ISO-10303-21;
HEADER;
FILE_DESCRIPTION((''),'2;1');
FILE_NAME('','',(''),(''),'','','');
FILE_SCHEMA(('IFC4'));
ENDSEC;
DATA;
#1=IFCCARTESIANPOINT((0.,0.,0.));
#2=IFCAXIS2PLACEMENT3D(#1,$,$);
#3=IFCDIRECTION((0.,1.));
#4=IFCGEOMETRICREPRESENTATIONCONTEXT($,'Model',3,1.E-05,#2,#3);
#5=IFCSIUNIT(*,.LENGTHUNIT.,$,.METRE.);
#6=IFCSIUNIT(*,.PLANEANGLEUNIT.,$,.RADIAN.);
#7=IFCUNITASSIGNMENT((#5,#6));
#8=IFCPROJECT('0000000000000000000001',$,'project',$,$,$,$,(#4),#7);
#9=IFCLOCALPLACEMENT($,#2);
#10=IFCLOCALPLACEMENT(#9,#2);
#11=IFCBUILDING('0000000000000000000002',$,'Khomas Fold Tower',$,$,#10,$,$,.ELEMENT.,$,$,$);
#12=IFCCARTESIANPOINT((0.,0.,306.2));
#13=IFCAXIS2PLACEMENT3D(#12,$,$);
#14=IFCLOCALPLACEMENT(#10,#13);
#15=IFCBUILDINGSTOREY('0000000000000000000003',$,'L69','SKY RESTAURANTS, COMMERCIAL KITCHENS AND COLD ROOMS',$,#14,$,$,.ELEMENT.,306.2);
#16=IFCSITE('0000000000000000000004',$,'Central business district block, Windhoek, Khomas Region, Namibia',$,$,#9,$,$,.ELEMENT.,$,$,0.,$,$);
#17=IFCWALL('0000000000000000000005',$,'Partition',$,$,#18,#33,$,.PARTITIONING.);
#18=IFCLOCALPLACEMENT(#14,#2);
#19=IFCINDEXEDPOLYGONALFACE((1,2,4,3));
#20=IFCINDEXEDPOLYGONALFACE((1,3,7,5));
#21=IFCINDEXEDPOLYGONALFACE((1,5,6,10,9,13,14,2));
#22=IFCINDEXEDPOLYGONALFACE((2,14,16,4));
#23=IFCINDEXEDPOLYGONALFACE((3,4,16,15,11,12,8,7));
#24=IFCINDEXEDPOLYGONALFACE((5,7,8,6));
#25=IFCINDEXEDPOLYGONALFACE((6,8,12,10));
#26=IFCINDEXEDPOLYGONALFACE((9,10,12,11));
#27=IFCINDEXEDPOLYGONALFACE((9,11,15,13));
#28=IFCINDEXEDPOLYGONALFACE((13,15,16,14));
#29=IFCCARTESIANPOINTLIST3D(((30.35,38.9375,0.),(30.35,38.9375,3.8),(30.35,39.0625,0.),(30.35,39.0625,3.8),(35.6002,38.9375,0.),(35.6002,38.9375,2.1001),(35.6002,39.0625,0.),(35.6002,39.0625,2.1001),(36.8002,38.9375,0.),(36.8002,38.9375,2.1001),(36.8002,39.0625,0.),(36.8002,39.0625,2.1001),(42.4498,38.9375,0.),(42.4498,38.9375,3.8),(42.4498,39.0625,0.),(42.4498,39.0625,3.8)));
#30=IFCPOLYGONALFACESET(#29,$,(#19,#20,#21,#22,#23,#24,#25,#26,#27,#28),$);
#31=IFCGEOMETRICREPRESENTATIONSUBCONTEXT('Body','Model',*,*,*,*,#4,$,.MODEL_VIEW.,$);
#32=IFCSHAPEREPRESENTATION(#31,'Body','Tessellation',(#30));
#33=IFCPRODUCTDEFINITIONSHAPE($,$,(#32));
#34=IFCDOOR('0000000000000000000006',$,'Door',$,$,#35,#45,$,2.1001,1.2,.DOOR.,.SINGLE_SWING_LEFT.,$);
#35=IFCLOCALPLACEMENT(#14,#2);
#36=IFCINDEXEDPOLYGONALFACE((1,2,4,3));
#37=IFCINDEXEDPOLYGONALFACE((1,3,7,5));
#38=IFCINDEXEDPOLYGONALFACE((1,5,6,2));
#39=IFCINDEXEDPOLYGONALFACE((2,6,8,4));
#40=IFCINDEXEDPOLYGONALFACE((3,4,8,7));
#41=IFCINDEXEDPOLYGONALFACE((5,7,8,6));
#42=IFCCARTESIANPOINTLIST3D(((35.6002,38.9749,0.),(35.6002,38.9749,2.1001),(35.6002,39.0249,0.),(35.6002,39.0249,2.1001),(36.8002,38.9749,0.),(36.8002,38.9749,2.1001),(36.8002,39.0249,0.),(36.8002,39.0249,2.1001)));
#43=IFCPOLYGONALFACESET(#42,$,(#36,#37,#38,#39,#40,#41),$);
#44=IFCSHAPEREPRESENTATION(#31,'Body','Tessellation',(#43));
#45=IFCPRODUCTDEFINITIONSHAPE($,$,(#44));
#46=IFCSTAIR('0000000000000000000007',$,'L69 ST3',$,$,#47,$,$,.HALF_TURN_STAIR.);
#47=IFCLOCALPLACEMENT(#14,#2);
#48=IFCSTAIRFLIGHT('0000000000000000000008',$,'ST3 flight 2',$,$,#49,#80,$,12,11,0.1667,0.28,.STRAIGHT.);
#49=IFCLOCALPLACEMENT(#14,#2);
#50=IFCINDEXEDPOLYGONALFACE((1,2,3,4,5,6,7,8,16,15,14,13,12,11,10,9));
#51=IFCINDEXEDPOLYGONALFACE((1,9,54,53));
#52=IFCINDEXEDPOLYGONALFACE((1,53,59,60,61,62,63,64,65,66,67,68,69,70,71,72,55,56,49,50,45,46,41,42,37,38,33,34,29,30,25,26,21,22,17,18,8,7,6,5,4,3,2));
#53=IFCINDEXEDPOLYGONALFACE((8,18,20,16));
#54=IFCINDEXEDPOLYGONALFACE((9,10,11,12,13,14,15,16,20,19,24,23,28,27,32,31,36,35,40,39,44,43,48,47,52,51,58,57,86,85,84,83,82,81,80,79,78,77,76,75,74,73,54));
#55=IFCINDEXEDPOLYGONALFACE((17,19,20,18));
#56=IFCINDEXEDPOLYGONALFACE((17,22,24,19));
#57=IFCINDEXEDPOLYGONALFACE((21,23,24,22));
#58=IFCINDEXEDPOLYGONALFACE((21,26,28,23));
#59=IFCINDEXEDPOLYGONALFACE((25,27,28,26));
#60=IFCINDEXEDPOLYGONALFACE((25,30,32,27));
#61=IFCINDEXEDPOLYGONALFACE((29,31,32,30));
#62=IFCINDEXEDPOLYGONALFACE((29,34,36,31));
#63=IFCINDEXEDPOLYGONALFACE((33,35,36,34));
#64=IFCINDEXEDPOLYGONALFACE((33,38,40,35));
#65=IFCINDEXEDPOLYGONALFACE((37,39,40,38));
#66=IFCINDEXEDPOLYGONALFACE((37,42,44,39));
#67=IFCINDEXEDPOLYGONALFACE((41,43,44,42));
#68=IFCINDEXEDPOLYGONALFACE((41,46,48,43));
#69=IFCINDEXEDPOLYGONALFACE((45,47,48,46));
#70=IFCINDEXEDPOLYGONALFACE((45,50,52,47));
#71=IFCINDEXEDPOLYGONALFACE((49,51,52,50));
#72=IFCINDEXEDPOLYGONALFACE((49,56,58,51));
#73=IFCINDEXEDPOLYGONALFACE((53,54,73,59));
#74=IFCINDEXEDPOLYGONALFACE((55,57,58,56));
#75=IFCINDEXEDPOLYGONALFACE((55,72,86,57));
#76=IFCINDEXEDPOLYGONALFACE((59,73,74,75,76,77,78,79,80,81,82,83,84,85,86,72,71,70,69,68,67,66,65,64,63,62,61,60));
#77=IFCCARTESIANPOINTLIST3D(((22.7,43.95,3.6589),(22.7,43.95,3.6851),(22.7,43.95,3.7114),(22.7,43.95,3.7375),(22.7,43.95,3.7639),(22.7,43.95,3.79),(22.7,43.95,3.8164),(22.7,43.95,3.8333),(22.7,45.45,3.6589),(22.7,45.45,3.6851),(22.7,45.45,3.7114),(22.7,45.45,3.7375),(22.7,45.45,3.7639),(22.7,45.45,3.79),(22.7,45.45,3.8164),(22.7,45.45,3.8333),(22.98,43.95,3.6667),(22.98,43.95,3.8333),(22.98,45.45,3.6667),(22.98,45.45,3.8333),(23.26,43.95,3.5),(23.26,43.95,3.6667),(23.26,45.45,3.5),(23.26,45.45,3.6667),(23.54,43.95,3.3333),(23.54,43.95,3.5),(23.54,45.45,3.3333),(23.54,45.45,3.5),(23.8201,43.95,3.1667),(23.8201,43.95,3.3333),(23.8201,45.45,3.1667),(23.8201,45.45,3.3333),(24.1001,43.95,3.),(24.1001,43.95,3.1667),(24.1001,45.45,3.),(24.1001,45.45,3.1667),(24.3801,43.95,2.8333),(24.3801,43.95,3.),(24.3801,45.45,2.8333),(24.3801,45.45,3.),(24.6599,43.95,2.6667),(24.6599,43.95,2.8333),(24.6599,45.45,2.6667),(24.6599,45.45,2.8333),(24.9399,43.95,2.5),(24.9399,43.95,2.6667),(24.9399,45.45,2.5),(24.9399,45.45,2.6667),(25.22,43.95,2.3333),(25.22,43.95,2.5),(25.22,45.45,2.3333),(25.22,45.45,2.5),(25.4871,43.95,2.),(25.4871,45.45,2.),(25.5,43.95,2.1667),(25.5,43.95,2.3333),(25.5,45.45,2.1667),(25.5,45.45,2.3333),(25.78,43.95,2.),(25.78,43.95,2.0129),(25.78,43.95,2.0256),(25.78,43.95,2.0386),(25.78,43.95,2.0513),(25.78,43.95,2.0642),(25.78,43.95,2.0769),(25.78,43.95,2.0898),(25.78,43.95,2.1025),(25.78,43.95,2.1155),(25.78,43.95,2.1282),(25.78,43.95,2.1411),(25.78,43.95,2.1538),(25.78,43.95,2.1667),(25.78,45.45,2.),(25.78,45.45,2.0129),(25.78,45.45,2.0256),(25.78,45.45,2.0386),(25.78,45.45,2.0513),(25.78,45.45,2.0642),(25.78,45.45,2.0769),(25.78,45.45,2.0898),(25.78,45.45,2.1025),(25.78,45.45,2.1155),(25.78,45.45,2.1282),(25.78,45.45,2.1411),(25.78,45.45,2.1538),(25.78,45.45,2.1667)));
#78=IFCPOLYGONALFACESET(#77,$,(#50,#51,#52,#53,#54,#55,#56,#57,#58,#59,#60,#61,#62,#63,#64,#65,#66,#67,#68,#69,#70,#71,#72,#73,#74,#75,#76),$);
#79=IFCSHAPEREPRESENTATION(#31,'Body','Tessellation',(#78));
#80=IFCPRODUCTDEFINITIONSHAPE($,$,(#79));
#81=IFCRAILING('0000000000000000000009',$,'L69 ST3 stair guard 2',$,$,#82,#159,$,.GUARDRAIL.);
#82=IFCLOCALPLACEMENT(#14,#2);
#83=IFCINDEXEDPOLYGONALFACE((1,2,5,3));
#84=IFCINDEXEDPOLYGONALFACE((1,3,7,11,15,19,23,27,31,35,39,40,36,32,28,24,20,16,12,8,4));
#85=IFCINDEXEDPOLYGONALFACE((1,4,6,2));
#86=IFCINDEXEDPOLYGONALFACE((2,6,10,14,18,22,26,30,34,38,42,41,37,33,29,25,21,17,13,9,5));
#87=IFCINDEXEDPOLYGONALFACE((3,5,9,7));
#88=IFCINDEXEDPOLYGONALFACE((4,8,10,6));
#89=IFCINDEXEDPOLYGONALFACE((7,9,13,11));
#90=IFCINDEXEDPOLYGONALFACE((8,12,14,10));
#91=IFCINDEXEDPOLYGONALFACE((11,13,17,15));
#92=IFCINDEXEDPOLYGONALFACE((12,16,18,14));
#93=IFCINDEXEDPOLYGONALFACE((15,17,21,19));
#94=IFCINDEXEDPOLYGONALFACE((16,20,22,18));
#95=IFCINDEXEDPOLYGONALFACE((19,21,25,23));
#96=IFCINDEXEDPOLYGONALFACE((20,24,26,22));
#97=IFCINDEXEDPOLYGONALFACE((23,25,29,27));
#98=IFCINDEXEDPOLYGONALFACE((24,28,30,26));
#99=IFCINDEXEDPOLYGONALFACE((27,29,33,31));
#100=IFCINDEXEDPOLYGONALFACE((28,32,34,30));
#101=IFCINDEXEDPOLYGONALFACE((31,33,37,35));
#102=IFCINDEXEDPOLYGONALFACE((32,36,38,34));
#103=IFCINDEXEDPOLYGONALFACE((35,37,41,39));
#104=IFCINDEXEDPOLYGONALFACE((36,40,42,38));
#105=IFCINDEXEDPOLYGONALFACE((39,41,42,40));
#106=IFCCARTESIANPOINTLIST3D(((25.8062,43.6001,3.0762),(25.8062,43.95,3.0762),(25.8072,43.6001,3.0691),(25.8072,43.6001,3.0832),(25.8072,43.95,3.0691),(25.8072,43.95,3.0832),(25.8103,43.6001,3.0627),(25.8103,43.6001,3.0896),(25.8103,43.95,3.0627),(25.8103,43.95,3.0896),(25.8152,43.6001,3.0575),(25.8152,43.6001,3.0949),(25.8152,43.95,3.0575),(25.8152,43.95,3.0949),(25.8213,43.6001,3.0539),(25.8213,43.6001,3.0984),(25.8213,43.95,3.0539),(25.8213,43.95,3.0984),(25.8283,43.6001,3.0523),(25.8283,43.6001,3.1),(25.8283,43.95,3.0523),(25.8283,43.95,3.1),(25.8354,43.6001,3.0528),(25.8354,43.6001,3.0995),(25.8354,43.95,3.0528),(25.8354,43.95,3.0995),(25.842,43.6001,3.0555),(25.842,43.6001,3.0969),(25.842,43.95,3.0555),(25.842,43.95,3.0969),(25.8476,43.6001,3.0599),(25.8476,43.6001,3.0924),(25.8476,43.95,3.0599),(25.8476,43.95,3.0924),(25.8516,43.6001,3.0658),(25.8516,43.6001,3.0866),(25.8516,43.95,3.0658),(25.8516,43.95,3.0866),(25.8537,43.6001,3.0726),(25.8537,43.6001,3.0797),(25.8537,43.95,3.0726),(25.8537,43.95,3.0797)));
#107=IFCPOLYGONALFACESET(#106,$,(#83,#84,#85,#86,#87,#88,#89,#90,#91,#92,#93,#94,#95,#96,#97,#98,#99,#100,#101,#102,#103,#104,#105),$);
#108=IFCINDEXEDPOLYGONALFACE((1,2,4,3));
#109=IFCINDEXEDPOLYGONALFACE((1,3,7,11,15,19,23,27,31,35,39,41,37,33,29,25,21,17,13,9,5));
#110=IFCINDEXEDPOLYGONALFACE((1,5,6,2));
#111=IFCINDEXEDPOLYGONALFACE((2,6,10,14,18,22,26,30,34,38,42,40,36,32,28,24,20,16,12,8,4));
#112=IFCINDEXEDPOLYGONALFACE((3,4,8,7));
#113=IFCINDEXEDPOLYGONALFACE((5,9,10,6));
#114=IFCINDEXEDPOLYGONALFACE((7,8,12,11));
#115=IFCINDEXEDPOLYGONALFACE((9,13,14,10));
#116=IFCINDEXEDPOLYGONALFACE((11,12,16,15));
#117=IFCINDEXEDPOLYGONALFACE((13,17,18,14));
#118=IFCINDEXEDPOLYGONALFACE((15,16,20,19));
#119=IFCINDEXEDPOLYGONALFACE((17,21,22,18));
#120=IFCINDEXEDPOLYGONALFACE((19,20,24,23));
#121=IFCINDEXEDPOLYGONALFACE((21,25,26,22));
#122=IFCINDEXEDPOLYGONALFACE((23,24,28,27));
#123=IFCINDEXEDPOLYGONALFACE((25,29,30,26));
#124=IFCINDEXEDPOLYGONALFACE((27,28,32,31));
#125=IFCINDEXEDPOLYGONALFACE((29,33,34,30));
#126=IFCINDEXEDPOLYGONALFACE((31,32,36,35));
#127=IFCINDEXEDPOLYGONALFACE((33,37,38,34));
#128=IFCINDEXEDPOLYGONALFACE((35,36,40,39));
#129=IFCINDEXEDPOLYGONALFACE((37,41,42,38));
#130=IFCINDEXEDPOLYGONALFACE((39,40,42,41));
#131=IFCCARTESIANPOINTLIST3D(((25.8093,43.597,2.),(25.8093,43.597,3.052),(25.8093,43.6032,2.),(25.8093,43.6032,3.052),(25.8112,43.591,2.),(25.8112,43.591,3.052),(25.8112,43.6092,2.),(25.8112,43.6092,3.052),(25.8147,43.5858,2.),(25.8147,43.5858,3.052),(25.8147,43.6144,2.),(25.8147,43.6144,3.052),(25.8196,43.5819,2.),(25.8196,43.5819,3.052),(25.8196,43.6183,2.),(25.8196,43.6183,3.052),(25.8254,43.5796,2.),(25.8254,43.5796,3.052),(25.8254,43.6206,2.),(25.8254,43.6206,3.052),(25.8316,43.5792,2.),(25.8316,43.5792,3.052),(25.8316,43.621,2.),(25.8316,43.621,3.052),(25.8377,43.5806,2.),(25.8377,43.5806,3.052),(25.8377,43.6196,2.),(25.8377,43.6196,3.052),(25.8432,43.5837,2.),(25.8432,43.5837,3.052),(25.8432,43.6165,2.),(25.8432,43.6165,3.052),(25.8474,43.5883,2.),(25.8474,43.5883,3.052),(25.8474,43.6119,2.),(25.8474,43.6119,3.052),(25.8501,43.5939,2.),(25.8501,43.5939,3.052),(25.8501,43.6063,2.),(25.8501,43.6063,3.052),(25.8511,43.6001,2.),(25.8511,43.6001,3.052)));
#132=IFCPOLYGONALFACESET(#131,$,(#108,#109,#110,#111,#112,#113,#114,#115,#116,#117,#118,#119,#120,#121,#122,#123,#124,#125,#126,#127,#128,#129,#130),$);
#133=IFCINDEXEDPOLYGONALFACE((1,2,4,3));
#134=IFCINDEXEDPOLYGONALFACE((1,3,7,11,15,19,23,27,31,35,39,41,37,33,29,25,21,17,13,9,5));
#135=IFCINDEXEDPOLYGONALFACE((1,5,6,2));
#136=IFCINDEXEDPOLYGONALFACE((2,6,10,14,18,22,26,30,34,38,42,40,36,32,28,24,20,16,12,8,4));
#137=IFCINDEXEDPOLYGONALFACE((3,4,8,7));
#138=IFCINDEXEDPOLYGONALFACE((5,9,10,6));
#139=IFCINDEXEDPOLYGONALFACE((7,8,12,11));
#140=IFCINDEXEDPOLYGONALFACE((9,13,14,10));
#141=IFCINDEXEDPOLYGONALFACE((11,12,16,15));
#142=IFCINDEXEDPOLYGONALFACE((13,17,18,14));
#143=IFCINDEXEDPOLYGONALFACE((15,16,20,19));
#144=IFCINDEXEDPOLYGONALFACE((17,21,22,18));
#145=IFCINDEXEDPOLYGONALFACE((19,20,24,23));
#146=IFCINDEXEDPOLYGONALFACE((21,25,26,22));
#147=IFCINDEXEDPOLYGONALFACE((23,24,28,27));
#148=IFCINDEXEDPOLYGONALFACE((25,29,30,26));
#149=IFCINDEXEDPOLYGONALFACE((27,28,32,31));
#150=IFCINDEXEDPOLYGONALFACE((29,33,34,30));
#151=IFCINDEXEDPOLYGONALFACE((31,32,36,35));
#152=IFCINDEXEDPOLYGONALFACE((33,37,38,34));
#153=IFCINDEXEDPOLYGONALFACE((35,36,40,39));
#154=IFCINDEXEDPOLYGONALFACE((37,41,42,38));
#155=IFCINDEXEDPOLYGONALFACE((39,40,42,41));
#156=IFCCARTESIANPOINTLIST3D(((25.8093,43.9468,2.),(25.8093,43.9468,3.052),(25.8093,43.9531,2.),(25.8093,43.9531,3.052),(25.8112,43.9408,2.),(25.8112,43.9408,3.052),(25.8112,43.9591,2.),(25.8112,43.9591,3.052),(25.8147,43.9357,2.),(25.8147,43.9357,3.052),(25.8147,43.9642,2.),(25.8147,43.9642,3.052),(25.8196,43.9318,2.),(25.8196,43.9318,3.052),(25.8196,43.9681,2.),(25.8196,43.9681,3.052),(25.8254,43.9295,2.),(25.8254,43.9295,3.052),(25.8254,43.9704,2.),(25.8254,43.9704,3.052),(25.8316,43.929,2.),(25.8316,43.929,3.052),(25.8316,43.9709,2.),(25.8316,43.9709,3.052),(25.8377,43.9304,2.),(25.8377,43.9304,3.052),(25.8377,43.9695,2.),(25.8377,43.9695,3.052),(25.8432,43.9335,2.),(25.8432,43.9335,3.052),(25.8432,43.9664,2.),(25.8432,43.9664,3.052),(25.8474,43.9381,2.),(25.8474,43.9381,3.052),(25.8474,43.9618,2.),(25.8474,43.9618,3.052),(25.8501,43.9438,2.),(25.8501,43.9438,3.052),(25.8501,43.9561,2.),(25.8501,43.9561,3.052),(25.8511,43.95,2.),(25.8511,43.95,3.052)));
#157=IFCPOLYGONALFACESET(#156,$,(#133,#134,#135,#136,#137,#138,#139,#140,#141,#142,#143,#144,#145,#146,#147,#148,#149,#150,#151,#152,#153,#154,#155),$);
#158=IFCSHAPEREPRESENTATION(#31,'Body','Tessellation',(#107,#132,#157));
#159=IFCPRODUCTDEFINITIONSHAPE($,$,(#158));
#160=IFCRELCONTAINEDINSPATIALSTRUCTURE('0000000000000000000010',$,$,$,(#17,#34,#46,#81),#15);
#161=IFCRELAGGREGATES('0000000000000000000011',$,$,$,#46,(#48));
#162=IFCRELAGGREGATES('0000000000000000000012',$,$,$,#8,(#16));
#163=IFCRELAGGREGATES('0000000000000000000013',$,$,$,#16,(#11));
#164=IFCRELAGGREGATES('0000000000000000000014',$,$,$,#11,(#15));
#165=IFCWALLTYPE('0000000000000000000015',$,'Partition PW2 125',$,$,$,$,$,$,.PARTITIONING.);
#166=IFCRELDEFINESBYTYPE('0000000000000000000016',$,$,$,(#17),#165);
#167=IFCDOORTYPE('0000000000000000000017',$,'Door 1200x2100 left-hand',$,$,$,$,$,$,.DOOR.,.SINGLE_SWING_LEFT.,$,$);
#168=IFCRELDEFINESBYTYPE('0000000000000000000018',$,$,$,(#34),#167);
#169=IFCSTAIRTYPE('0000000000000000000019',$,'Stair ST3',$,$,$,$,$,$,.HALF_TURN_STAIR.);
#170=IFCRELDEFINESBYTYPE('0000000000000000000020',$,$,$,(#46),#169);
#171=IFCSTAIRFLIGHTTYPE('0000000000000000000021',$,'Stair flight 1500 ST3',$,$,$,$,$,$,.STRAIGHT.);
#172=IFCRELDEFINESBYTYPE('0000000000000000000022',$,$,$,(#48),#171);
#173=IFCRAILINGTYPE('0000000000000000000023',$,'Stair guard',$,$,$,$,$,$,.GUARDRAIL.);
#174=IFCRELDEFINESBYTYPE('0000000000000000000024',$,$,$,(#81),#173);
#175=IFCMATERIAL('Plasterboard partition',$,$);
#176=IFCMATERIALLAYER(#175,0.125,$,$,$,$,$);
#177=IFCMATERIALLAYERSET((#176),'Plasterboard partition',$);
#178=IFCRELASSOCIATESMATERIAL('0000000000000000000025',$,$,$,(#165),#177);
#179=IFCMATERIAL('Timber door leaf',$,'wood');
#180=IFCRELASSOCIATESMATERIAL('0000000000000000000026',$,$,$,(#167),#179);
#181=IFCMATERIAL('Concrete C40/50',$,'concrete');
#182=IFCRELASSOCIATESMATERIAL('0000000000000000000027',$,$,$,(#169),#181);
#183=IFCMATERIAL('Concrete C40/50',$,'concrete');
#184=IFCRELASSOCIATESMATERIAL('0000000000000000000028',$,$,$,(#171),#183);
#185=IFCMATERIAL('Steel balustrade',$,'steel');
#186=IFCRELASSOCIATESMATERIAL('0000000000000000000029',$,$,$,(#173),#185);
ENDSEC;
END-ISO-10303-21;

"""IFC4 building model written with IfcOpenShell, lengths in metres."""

from ifc_helpers import new_model, si_unit, direction, frame, frame_2d, origin, origin_2d, place, context, subcontext, project, spatial, polyline, rectangle, circle, outline, extrude, source, transform, mapped, material, layer, layer_set, type_object, element, fill, aggregate, save


model = new_model("IFC4")

# Units and contexts
model_context = context("Model", 3, precision=1e-05, world=origin(), true_north=direction((0.0, 1.0)))
body_context = subcontext(model_context, "Body", "Model", "MODEL_VIEW")
ifc_project = project(units=[si_unit("LENGTHUNIT", "METRE"), si_unit("PLANEANGLEUNIT", "RADIAN")], contexts=[model_context])

# Site, building, storey
site_placement = place(None, origin())
site = spatial("IfcSite", under=ifc_project, at=site_placement, Name="Central business district block, Windhoek, Khomas Region, Namibia", CompositionType="ELEMENT", RefElevation=0.0)
building_placement = place(site_placement, origin())
building = spatial("IfcBuilding", under=site, at=building_placement, Name="Khomas Fold Tower", CompositionType="ELEMENT")
storey_placement = place(building_placement, frame((0.0, 0.0, 306.2)))
storey = spatial("IfcBuildingStorey", under=building, at=storey_placement, Name="L69", Description="SKY RESTAURANTS, COMMERCIAL KITCHENS AND COLD ROOMS", CompositionType="ELEMENT", Elevation=306.2)

# Shared definitions
ifc_material_1 = material(Name="Plasterboard partition")
ifc_layer_1 = layer(ifc_material_1, 0.125)
ifc_layer_set_1 = layer_set([ifc_layer_1], Name="Plasterboard partition")
wall_type_1 = type_object("IfcWallType", Name="Partition PW2 125", PredefinedType="PARTITIONING", material=ifc_layer_set_1)

# Wall, opening, door
shared_shape_1 = source(origin(), body_context, "Body", "SweptSolid", [
    extrude(rectangle(XDim=12.0999, YDim=0.125, at=frame_2d((6.0498, 0.0))), origin(), (0.0, 0.0, 1.0), 3.8),
])
wall_1_placement = place(storey_placement, frame((30.3501, 39.0, 0.0), z_axis=(0.0, 0.0, 1.0), x_axis=(1.0, 0.0, 0.0)))
wall_1 = element("IfcWall", 1, at=wall_1_placement, inside=storey, type_object=wall_type_1, Name="Partition", PredefinedType="PARTITIONING", context=body_context, shape_type="MappedRepresentation", body=[
    mapped(shared_shape_1, transform((0.0, 0.0, 0.0))),
])
shared_shape_2 = source(origin(), body_context, "Body", "SweptSolid", [
    extrude(rectangle(XDim=1.2, YDim=2.1001, at=frame_2d((0.6001, 1.05))), frame((0.0, 0.0725, 0.0), z_axis=(0.0, -1.0, 0.0), x_axis=(1.0, 0.0, 0.0)), (0.0, 0.0, 1.0), 0.145),
])
opening_1_placement = place(wall_1_placement, frame((5.25, 0.0, 0.0)))
opening_1 = element("IfcOpeningElement", 2, at=opening_1_placement, cuts=wall_1, PredefinedType="OPENING", context=body_context, shape_type="MappedRepresentation", body=[
    mapped(shared_shape_2, transform((0.0, 0.0, 0.0))),
])
ifc_material_2 = material(Name="Timber door leaf", Category="wood")
door_type_1 = type_object("IfcDoorType", Name="Door 1200x2100 left-hand", OperationType="SINGLE_SWING_LEFT", PredefinedType="DOOR", material=ifc_material_2)
shared_shape_3 = source(origin(), body_context, "Body", "SweptSolid", [
    extrude(rectangle(XDim=1.2, YDim=2.1001, at=frame_2d((0.6001, 1.05))), frame((0.0, 0.0249, 0.0), z_axis=(0.0, -1.0, 0.0), x_axis=(1.0, 0.0, 0.0)), (0.0, 0.0, 1.0), 0.05),
])
door_1_placement = place(opening_1_placement, origin())
door_1 = element("IfcDoor", 3, at=door_1_placement, inside=storey, type_object=door_type_1, Name="Door", OperationType="SINGLE_SWING_LEFT", OverallHeight=2.1001, OverallWidth=1.2, PredefinedType="DOOR", context=body_context, shape_type="MappedRepresentation", body=[
    mapped(shared_shape_3, transform((0.0, 0.0, 0.0))),
])
fill(opening_1, door_1)

# Stair, stair flight
ifc_material_3 = material(Name="Concrete C40/50", Category="concrete")
stair_type = type_object("IfcStairType", Name="Stair ST3", PredefinedType="HALF_TURN_STAIR", material=ifc_material_3)
stair_placement = place(storey_placement, origin())
stair = element("IfcStair", 4, at=stair_placement, inside=storey, type_object=stair_type, Name="L69 ST3", PredefinedType="HALF_TURN_STAIR")
ifc_material_4 = material(Name="Concrete C40/50", Category="concrete")
stair_flight_type = type_object("IfcStairFlightType", Name="Stair flight 1500 ST3", PredefinedType="STRAIGHT", material=ifc_material_4)
shared_shape_4 = source(origin(), body_context, "Body", "SweptSolid", [
    extrude(outline(polyline([(0.0, 0.0), (0.0, 0.0129), (0.0, 0.0256), (0.0, 0.0386), (0.0, 0.0513), (0.0, 0.0642), (0.0, 0.0769), (0.0, 0.0898), (0.0, 0.1025), (0.0, 0.1155), (0.0, 0.1282), (0.0, 0.1411), (0.0, 0.1538), (0.0, 0.1667), (0.28, 0.1667), (0.28, 0.3333), (0.5601, 0.3333), (0.5601, 0.5), (0.8401, 0.5), (0.8401, 0.6667), (1.1201, 0.6667), (1.1201, 0.8333), (1.3999, 0.8333), (1.3999, 1.0), (1.6799, 1.0), (1.6799, 1.1667), (1.96, 1.1667), (1.96, 1.3333), (2.24, 1.3333), (2.24, 1.5), (2.52, 1.5), (2.52, 1.6667), (2.8, 1.6667), (2.8, 1.8333), (3.0801, 1.8333), (3.0801, 2.0), (3.0801, 1.9739), (3.0801, 1.9475), (3.0801, 1.9214), (3.0801, 1.895), (3.0801, 1.8689), (3.0801, 1.8425), (3.0801, 1.8164), (3.0801, 1.79), (3.0801, 1.7639), (3.0801, 1.7375), (3.0801, 1.7114), (3.0801, 1.6851), (3.0801, 1.6589), (0.293, 0.0), (0.0, 0.0)])), frame((0.0, 0.75, 0.0), z_axis=(0.0, -1.0, 0.0), x_axis=(1.0, 0.0, 0.0)), (0.0, 0.0, 1.0), 1.5),
])
stair_flight_placement = place(storey_placement, frame((25.78, 44.7, 2.0), z_axis=(0.0, 0.0, 1.0), x_axis=(-1.0, 0.0, 0.0)))
stair_flight = element("IfcStairFlight", 5, at=stair_flight_placement, type_object=stair_flight_type, Name="ST3 flight 2", NumberOfRisers=12, NumberOfTreads=11, PredefinedType="STRAIGHT", RiserHeight=0.1667, TreadLength=0.28, context=body_context, shape_type="MappedRepresentation", body=[
    mapped(shared_shape_4, transform((0.0, 0.0, 0.0))),
])
aggregate(stair, [stair_flight])

# Railing
ifc_material_5 = material(Name="Steel balustrade", Category="steel")
railing_type_1 = type_object("IfcRailingType", Name="Stair guard", PredefinedType="GUARDRAIL", material=ifc_material_5)
shared_shape_5 = source(origin(), body_context, "Body", "SweptSolid", [
    extrude(circle(Radius=0.0239, at=origin_2d()), frame((0.0, 0.0, 1.0762), z_axis=(0.0, 1.0, 0.0), x_axis=(-1.0, 0.0, 0.0)), (0.0, 0.0, 1.0), 0.3499),
    extrude(circle(Radius=0.021, at=origin_2d()), origin(), (0.0, 0.0, 1.0), 1.052),
    extrude(circle(Radius=0.021, at=origin_2d()), frame((0.0, 0.3499, 0.0)), (0.0, 0.0, 1.0), 1.052),
])
railing_1_placement = place(storey_placement, frame((25.8301, 43.6001, 2.0)))
element("IfcRailing", 6, at=railing_1_placement, inside=storey, type_object=railing_type_1, Name="L69 ST3 stair guard 2", PredefinedType="GUARDRAIL", context=body_context, shape_type="MappedRepresentation", body=[
    mapped(shared_shape_5, transform((0.0, 0.0, 0.0))),
])

save(model, "model.ifc")
